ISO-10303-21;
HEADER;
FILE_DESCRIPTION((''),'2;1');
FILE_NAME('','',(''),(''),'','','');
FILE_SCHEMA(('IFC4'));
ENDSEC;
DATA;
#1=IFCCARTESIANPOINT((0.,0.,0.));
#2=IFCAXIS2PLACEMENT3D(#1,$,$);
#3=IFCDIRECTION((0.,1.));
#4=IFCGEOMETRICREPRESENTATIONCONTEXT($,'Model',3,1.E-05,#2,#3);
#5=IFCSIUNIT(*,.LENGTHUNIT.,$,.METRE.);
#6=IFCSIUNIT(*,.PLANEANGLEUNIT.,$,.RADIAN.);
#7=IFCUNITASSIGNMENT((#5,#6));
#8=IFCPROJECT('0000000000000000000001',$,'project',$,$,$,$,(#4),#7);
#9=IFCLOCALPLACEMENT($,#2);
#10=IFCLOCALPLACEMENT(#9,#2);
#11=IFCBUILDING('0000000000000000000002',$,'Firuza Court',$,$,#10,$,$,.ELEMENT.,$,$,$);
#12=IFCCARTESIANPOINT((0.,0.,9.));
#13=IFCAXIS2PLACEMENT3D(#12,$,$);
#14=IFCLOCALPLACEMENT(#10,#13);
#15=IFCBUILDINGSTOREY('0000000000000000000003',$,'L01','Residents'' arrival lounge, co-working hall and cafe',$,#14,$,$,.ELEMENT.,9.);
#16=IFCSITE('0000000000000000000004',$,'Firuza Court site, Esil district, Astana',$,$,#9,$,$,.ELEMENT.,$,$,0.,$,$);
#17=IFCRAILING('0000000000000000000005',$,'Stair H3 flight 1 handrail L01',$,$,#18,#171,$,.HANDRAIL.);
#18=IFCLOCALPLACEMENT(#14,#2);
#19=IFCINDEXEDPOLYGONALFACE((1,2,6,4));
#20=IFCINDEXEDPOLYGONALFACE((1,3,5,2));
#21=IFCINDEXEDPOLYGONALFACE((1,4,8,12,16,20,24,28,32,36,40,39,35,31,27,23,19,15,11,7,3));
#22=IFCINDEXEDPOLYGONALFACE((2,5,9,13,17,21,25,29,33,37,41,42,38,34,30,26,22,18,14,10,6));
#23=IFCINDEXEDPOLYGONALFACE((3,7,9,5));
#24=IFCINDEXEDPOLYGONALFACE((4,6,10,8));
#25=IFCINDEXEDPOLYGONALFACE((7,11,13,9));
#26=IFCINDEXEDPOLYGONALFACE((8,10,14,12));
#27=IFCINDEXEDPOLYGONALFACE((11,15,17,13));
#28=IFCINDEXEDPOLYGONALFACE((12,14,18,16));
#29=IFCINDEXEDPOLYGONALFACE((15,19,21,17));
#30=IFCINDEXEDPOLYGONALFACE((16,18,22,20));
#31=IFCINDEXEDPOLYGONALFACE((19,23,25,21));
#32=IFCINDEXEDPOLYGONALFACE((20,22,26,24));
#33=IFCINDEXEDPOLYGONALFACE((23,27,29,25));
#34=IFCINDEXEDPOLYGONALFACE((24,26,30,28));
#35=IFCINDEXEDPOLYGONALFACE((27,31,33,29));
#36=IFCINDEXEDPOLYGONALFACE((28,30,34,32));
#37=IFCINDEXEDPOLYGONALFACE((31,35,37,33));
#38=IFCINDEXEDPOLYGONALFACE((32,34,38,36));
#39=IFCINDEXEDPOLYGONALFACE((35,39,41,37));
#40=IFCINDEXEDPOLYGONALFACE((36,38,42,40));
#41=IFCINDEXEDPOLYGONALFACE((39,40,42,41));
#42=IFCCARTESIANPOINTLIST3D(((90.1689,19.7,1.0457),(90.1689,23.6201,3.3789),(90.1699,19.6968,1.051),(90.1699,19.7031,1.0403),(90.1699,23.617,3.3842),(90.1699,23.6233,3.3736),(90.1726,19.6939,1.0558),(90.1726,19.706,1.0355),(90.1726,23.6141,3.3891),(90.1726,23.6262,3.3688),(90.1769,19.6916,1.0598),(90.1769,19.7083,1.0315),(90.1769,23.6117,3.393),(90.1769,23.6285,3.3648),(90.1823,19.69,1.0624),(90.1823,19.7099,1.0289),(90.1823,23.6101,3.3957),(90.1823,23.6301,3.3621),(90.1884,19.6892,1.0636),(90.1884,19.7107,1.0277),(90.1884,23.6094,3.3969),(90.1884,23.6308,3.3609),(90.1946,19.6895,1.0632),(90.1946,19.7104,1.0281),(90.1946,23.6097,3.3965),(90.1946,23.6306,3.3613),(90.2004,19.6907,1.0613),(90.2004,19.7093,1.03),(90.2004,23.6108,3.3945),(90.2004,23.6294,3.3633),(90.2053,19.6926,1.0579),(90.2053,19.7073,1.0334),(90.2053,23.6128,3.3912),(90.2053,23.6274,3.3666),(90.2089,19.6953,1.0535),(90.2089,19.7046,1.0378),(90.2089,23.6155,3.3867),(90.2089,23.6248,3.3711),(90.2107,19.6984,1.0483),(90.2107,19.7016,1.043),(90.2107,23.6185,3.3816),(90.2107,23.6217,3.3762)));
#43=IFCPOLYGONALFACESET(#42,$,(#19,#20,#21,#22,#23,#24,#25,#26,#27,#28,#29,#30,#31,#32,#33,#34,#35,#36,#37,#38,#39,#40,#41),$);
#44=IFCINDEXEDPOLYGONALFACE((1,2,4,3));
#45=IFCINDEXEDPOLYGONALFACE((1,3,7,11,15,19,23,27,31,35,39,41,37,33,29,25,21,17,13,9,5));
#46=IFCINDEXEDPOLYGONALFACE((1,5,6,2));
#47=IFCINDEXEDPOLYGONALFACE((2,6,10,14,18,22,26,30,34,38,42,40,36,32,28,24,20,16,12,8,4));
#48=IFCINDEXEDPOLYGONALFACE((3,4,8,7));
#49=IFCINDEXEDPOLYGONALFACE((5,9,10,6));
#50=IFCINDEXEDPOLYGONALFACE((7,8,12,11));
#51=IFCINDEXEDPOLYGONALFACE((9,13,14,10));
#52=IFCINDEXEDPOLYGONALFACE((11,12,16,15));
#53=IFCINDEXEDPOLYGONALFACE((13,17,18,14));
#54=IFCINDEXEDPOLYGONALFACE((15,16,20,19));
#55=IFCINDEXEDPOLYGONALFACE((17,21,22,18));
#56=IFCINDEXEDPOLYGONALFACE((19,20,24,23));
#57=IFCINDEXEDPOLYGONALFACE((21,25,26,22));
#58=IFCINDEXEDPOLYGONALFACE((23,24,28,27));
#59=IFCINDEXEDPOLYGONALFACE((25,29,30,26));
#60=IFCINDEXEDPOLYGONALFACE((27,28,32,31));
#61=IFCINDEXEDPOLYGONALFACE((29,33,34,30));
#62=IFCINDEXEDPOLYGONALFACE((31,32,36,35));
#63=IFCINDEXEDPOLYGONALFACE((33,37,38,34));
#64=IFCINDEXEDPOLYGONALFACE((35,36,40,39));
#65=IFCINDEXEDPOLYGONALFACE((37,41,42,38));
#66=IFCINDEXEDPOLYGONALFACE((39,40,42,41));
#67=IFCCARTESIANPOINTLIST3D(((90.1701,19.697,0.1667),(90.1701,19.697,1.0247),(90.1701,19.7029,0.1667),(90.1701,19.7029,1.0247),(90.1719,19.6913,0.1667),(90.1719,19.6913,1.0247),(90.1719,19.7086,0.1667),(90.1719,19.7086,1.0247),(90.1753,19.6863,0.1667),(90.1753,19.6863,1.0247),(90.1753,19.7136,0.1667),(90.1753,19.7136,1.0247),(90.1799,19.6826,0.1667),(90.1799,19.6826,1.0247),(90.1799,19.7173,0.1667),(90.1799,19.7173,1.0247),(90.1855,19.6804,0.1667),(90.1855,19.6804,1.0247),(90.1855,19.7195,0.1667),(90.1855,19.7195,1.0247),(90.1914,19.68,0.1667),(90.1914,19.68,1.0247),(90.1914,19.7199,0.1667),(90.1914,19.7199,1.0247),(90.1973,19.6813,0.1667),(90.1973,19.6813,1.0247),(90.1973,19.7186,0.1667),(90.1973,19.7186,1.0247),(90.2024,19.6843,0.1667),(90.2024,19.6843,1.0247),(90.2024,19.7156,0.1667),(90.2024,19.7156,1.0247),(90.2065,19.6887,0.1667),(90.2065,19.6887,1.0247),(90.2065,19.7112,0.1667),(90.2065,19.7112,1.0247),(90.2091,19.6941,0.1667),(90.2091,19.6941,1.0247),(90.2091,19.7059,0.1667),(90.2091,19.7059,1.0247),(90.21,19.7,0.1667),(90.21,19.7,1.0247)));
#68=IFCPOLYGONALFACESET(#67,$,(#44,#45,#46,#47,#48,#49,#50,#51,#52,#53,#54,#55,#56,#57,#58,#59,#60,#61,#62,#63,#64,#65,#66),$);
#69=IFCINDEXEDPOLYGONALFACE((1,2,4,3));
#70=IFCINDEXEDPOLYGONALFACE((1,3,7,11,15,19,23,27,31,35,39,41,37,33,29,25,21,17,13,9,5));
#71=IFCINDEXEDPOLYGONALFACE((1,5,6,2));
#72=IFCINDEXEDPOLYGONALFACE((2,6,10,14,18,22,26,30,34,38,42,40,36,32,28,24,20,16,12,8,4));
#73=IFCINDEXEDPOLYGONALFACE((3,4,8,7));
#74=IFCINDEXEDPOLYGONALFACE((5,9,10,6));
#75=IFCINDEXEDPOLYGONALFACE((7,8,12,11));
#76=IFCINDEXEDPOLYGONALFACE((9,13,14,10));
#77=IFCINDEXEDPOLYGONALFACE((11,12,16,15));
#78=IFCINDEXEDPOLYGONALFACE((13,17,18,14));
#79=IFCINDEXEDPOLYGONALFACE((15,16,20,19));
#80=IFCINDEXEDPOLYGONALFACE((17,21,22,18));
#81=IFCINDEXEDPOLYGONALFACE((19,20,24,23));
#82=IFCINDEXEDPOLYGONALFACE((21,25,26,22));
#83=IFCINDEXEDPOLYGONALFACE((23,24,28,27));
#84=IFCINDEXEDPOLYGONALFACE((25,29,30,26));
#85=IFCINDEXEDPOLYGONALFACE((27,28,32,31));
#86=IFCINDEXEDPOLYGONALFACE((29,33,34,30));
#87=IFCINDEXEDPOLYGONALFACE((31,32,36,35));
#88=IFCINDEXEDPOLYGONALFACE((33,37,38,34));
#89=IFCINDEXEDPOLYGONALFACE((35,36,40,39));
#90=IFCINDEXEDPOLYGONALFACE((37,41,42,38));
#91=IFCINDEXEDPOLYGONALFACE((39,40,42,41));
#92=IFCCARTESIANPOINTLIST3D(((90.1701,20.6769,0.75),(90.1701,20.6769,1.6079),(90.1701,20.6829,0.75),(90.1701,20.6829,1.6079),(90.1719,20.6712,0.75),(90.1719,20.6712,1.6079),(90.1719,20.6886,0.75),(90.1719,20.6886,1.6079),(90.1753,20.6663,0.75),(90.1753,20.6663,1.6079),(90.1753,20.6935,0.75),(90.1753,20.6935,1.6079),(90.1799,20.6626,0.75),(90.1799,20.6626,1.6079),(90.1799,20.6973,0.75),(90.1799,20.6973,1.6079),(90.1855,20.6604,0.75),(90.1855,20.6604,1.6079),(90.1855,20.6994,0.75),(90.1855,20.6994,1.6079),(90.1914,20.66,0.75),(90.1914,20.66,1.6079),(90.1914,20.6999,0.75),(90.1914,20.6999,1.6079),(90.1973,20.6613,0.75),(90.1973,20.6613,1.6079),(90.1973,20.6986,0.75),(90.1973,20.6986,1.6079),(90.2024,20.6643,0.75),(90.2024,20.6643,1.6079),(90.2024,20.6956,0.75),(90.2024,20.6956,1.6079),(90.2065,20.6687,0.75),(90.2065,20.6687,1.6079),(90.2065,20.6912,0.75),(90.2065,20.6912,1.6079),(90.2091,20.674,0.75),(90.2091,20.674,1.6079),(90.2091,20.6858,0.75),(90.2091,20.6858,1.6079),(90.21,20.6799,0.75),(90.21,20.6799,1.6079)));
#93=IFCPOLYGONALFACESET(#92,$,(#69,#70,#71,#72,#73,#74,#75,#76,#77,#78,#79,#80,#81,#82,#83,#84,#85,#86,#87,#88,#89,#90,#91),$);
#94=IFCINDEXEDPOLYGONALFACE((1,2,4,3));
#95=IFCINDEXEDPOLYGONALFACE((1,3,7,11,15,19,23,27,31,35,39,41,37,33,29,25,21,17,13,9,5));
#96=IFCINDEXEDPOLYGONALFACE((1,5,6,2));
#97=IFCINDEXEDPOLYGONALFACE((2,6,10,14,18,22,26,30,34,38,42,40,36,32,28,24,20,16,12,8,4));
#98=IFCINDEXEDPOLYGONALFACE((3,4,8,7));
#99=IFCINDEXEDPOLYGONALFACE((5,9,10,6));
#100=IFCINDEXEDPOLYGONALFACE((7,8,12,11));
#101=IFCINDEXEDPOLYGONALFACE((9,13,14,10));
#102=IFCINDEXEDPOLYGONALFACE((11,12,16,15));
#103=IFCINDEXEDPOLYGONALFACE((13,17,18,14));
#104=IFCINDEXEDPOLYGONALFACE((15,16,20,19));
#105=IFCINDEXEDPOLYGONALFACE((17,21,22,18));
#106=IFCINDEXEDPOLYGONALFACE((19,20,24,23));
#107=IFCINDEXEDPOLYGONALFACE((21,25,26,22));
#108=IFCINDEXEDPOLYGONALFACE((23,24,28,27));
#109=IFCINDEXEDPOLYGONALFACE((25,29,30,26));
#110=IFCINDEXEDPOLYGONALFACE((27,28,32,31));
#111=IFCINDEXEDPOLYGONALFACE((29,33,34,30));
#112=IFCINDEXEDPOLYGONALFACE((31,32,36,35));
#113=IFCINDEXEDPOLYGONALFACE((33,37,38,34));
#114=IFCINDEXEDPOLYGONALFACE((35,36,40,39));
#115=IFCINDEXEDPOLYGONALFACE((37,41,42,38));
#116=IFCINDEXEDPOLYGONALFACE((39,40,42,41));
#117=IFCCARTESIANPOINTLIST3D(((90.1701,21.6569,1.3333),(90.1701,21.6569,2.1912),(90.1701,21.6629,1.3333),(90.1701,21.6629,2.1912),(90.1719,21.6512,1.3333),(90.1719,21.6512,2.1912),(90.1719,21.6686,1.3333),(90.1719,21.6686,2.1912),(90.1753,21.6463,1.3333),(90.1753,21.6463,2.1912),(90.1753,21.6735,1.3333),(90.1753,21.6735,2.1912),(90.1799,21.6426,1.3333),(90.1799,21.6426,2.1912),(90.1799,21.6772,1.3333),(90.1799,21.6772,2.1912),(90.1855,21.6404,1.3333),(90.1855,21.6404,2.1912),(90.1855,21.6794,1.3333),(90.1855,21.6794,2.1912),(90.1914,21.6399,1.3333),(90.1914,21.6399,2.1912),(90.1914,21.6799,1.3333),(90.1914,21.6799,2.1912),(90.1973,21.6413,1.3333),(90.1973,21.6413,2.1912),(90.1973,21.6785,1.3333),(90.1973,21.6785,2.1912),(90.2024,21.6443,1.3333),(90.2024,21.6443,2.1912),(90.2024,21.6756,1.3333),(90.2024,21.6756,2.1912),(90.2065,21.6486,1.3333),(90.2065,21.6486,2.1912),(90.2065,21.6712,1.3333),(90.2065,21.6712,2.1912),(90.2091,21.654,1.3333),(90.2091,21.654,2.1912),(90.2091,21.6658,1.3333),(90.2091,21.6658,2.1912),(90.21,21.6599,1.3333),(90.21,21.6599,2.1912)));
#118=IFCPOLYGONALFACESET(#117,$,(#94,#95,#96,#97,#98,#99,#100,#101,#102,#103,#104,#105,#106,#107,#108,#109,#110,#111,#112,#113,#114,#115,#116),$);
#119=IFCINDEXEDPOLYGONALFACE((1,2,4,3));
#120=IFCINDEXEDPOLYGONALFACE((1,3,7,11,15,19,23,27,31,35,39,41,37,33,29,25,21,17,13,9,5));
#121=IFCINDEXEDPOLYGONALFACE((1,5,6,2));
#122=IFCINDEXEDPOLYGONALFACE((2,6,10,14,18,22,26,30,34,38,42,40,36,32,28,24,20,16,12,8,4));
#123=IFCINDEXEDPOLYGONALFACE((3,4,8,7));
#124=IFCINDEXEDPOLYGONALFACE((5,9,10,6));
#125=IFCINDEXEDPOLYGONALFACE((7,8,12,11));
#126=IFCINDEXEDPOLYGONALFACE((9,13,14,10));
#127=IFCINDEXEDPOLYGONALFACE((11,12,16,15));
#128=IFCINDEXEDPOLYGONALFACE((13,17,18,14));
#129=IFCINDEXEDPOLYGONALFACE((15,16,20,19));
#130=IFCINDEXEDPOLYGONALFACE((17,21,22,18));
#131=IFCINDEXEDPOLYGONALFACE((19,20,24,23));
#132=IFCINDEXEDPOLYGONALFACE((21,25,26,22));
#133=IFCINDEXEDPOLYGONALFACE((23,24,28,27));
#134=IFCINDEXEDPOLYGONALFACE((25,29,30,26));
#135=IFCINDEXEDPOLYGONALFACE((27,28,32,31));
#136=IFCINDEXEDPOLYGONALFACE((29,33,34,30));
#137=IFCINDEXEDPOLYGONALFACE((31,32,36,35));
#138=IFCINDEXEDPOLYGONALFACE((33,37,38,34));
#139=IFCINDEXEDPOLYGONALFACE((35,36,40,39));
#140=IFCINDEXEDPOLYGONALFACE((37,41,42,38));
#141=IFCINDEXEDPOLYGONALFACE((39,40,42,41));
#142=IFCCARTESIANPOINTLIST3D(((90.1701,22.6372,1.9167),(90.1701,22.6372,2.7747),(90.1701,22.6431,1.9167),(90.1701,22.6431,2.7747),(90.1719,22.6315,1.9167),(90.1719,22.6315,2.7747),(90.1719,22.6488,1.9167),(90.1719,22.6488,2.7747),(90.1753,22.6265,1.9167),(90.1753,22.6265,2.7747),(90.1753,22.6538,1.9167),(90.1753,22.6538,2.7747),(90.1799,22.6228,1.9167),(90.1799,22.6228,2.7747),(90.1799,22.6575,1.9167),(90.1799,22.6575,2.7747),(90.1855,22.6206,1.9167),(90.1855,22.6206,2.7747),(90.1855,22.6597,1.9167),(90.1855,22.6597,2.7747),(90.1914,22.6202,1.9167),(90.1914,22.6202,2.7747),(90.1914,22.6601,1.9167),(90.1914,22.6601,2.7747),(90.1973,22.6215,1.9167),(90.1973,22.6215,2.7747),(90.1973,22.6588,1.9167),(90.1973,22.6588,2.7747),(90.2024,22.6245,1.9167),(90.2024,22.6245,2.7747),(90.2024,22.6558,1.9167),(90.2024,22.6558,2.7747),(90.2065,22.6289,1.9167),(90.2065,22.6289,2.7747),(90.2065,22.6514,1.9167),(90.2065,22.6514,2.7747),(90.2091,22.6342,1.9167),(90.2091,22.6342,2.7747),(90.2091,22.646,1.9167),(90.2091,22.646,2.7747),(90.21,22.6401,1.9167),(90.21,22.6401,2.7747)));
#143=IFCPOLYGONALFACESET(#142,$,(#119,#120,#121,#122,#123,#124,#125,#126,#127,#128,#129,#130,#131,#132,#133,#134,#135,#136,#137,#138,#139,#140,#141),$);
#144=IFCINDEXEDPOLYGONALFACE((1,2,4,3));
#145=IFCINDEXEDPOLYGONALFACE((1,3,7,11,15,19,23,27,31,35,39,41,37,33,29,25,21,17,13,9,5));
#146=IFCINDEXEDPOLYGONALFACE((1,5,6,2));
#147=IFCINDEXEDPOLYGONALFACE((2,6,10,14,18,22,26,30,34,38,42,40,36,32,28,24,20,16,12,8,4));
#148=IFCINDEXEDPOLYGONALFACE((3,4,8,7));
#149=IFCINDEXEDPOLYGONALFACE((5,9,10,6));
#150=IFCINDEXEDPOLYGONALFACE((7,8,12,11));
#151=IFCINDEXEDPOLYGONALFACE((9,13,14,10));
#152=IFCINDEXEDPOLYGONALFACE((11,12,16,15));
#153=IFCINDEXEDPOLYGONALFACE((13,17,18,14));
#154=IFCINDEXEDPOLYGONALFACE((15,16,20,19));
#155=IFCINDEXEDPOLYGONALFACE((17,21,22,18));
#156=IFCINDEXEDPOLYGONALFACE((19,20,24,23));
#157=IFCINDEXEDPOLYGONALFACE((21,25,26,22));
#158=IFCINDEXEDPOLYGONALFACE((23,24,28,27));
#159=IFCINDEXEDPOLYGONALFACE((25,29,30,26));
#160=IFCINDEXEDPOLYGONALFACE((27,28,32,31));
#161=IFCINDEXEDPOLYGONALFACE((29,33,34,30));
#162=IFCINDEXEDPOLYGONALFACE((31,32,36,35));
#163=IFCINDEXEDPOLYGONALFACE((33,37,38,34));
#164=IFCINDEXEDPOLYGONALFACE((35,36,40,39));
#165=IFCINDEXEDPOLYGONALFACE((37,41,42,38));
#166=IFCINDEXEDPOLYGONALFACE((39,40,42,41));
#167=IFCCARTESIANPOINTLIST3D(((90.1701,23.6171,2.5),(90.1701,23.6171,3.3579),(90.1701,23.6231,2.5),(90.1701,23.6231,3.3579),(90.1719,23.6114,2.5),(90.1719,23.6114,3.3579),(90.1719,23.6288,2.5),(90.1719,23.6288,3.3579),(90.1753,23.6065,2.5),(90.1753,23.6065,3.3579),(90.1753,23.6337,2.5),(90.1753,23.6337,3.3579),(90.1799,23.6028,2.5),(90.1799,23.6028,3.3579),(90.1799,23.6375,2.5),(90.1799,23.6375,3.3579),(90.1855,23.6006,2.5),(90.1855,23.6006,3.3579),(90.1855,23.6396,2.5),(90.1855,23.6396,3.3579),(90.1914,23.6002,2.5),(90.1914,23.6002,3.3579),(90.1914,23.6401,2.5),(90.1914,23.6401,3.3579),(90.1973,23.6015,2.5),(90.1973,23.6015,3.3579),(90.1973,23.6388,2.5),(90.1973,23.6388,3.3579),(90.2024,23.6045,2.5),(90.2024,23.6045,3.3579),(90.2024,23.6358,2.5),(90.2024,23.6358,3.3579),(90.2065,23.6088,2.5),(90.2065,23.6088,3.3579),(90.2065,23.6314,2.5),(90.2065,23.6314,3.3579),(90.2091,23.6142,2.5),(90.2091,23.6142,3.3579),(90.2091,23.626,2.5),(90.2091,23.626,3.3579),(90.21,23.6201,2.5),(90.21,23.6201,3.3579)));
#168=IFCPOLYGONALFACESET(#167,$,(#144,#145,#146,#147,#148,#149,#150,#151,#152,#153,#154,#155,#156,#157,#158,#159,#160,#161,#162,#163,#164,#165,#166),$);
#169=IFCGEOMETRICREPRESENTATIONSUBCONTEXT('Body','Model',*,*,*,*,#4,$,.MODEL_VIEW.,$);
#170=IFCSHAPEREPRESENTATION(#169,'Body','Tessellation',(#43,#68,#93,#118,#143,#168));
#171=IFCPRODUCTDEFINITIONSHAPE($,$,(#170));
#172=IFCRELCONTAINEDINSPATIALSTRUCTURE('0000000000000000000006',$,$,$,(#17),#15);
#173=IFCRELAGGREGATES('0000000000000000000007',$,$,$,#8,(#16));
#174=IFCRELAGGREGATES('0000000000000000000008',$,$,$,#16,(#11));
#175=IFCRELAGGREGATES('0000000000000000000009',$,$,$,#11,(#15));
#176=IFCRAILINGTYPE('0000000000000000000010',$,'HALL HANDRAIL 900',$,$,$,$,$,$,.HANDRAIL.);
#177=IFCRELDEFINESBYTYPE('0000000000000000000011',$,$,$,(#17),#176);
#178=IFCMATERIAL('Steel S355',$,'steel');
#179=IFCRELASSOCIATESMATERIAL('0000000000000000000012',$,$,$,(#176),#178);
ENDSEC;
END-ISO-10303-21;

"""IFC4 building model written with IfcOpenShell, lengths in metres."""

from ifc_helpers import new_model, si_unit, direction, frame, origin, origin_2d, place, context, subcontext, project, spatial, circle, extrude, material, type_object, element, save


model = new_model("IFC4")

# Units and contexts
model_context = context("Model", 3, precision=1e-05, world=origin(), true_north=direction((0.0, 1.0)))
body_context = subcontext(model_context, "Body", "Model", "MODEL_VIEW")
ifc_project = project(units=[si_unit("LENGTHUNIT", "METRE"), si_unit("PLANEANGLEUNIT", "RADIAN")], contexts=[model_context])

# Site, building, storey
site_placement = place(None, origin())
site = spatial("IfcSite", under=ifc_project, at=site_placement, Name="Firuza Court site, Esil district, Astana", CompositionType="ELEMENT", RefElevation=0.0)
building_placement = place(site_placement, origin())
building = spatial("IfcBuilding", under=site, at=building_placement, Name="Firuza Court", CompositionType="ELEMENT")
storey_placement = place(building_placement, frame((0.0, 0.0, 9.0)))
storey = spatial("IfcBuildingStorey", under=building, at=storey_placement, Name="L01", Description="Residents' arrival lounge, co-working hall and cafe", CompositionType="ELEMENT", Elevation=9.0)

# Railing
ifc_material_1 = material(Name="Steel S355", Category="steel")
railing_type = type_object("IfcRailingType", Name="HALL HANDRAIL 900", PredefinedType="HANDRAIL", material=ifc_material_1)
railing_1_placement = place(storey_placement, frame((90.1899, 19.7, 0.1667)))
element("IfcRailing", 1, at=railing_1_placement, inside=storey, type_object=railing_type, Name="Stair H3 flight 1 handrail L01", PredefinedType="HANDRAIL", context=body_context, shape_type="SweptSolid", body=[
    extrude(circle(Radius=0.021, at=origin_2d()), frame((0.0, 0.0, 0.8789), z_axis=(0.0, 0.85931, 0.511455), x_axis=(-1.0, 0.0, 0.0)), (0.0, 0.0, 1.0), 4.562),
    extrude(circle(Radius=0.02, at=origin_2d()), origin(), (0.0, 0.0, 1.0), 0.8579),
    extrude(circle(Radius=0.02, at=origin_2d()), frame((0.0, 0.98, 0.5833)), (0.0, 0.0, 1.0), 0.8579),
    extrude(circle(Radius=0.02, at=origin_2d()), frame((0.0, 1.96, 1.1665)), (0.0, 0.0, 1.0), 0.8579),
    extrude(circle(Radius=0.02, at=origin_2d()), frame((0.0, 2.9402, 1.75)), (0.0, 0.0, 1.0), 0.8579),
    extrude(circle(Radius=0.02, at=origin_2d()), frame((0.0, 3.9202, 2.3333)), (0.0, 0.0, 1.0), 0.8579),
])

save(model, "model.ifc")
